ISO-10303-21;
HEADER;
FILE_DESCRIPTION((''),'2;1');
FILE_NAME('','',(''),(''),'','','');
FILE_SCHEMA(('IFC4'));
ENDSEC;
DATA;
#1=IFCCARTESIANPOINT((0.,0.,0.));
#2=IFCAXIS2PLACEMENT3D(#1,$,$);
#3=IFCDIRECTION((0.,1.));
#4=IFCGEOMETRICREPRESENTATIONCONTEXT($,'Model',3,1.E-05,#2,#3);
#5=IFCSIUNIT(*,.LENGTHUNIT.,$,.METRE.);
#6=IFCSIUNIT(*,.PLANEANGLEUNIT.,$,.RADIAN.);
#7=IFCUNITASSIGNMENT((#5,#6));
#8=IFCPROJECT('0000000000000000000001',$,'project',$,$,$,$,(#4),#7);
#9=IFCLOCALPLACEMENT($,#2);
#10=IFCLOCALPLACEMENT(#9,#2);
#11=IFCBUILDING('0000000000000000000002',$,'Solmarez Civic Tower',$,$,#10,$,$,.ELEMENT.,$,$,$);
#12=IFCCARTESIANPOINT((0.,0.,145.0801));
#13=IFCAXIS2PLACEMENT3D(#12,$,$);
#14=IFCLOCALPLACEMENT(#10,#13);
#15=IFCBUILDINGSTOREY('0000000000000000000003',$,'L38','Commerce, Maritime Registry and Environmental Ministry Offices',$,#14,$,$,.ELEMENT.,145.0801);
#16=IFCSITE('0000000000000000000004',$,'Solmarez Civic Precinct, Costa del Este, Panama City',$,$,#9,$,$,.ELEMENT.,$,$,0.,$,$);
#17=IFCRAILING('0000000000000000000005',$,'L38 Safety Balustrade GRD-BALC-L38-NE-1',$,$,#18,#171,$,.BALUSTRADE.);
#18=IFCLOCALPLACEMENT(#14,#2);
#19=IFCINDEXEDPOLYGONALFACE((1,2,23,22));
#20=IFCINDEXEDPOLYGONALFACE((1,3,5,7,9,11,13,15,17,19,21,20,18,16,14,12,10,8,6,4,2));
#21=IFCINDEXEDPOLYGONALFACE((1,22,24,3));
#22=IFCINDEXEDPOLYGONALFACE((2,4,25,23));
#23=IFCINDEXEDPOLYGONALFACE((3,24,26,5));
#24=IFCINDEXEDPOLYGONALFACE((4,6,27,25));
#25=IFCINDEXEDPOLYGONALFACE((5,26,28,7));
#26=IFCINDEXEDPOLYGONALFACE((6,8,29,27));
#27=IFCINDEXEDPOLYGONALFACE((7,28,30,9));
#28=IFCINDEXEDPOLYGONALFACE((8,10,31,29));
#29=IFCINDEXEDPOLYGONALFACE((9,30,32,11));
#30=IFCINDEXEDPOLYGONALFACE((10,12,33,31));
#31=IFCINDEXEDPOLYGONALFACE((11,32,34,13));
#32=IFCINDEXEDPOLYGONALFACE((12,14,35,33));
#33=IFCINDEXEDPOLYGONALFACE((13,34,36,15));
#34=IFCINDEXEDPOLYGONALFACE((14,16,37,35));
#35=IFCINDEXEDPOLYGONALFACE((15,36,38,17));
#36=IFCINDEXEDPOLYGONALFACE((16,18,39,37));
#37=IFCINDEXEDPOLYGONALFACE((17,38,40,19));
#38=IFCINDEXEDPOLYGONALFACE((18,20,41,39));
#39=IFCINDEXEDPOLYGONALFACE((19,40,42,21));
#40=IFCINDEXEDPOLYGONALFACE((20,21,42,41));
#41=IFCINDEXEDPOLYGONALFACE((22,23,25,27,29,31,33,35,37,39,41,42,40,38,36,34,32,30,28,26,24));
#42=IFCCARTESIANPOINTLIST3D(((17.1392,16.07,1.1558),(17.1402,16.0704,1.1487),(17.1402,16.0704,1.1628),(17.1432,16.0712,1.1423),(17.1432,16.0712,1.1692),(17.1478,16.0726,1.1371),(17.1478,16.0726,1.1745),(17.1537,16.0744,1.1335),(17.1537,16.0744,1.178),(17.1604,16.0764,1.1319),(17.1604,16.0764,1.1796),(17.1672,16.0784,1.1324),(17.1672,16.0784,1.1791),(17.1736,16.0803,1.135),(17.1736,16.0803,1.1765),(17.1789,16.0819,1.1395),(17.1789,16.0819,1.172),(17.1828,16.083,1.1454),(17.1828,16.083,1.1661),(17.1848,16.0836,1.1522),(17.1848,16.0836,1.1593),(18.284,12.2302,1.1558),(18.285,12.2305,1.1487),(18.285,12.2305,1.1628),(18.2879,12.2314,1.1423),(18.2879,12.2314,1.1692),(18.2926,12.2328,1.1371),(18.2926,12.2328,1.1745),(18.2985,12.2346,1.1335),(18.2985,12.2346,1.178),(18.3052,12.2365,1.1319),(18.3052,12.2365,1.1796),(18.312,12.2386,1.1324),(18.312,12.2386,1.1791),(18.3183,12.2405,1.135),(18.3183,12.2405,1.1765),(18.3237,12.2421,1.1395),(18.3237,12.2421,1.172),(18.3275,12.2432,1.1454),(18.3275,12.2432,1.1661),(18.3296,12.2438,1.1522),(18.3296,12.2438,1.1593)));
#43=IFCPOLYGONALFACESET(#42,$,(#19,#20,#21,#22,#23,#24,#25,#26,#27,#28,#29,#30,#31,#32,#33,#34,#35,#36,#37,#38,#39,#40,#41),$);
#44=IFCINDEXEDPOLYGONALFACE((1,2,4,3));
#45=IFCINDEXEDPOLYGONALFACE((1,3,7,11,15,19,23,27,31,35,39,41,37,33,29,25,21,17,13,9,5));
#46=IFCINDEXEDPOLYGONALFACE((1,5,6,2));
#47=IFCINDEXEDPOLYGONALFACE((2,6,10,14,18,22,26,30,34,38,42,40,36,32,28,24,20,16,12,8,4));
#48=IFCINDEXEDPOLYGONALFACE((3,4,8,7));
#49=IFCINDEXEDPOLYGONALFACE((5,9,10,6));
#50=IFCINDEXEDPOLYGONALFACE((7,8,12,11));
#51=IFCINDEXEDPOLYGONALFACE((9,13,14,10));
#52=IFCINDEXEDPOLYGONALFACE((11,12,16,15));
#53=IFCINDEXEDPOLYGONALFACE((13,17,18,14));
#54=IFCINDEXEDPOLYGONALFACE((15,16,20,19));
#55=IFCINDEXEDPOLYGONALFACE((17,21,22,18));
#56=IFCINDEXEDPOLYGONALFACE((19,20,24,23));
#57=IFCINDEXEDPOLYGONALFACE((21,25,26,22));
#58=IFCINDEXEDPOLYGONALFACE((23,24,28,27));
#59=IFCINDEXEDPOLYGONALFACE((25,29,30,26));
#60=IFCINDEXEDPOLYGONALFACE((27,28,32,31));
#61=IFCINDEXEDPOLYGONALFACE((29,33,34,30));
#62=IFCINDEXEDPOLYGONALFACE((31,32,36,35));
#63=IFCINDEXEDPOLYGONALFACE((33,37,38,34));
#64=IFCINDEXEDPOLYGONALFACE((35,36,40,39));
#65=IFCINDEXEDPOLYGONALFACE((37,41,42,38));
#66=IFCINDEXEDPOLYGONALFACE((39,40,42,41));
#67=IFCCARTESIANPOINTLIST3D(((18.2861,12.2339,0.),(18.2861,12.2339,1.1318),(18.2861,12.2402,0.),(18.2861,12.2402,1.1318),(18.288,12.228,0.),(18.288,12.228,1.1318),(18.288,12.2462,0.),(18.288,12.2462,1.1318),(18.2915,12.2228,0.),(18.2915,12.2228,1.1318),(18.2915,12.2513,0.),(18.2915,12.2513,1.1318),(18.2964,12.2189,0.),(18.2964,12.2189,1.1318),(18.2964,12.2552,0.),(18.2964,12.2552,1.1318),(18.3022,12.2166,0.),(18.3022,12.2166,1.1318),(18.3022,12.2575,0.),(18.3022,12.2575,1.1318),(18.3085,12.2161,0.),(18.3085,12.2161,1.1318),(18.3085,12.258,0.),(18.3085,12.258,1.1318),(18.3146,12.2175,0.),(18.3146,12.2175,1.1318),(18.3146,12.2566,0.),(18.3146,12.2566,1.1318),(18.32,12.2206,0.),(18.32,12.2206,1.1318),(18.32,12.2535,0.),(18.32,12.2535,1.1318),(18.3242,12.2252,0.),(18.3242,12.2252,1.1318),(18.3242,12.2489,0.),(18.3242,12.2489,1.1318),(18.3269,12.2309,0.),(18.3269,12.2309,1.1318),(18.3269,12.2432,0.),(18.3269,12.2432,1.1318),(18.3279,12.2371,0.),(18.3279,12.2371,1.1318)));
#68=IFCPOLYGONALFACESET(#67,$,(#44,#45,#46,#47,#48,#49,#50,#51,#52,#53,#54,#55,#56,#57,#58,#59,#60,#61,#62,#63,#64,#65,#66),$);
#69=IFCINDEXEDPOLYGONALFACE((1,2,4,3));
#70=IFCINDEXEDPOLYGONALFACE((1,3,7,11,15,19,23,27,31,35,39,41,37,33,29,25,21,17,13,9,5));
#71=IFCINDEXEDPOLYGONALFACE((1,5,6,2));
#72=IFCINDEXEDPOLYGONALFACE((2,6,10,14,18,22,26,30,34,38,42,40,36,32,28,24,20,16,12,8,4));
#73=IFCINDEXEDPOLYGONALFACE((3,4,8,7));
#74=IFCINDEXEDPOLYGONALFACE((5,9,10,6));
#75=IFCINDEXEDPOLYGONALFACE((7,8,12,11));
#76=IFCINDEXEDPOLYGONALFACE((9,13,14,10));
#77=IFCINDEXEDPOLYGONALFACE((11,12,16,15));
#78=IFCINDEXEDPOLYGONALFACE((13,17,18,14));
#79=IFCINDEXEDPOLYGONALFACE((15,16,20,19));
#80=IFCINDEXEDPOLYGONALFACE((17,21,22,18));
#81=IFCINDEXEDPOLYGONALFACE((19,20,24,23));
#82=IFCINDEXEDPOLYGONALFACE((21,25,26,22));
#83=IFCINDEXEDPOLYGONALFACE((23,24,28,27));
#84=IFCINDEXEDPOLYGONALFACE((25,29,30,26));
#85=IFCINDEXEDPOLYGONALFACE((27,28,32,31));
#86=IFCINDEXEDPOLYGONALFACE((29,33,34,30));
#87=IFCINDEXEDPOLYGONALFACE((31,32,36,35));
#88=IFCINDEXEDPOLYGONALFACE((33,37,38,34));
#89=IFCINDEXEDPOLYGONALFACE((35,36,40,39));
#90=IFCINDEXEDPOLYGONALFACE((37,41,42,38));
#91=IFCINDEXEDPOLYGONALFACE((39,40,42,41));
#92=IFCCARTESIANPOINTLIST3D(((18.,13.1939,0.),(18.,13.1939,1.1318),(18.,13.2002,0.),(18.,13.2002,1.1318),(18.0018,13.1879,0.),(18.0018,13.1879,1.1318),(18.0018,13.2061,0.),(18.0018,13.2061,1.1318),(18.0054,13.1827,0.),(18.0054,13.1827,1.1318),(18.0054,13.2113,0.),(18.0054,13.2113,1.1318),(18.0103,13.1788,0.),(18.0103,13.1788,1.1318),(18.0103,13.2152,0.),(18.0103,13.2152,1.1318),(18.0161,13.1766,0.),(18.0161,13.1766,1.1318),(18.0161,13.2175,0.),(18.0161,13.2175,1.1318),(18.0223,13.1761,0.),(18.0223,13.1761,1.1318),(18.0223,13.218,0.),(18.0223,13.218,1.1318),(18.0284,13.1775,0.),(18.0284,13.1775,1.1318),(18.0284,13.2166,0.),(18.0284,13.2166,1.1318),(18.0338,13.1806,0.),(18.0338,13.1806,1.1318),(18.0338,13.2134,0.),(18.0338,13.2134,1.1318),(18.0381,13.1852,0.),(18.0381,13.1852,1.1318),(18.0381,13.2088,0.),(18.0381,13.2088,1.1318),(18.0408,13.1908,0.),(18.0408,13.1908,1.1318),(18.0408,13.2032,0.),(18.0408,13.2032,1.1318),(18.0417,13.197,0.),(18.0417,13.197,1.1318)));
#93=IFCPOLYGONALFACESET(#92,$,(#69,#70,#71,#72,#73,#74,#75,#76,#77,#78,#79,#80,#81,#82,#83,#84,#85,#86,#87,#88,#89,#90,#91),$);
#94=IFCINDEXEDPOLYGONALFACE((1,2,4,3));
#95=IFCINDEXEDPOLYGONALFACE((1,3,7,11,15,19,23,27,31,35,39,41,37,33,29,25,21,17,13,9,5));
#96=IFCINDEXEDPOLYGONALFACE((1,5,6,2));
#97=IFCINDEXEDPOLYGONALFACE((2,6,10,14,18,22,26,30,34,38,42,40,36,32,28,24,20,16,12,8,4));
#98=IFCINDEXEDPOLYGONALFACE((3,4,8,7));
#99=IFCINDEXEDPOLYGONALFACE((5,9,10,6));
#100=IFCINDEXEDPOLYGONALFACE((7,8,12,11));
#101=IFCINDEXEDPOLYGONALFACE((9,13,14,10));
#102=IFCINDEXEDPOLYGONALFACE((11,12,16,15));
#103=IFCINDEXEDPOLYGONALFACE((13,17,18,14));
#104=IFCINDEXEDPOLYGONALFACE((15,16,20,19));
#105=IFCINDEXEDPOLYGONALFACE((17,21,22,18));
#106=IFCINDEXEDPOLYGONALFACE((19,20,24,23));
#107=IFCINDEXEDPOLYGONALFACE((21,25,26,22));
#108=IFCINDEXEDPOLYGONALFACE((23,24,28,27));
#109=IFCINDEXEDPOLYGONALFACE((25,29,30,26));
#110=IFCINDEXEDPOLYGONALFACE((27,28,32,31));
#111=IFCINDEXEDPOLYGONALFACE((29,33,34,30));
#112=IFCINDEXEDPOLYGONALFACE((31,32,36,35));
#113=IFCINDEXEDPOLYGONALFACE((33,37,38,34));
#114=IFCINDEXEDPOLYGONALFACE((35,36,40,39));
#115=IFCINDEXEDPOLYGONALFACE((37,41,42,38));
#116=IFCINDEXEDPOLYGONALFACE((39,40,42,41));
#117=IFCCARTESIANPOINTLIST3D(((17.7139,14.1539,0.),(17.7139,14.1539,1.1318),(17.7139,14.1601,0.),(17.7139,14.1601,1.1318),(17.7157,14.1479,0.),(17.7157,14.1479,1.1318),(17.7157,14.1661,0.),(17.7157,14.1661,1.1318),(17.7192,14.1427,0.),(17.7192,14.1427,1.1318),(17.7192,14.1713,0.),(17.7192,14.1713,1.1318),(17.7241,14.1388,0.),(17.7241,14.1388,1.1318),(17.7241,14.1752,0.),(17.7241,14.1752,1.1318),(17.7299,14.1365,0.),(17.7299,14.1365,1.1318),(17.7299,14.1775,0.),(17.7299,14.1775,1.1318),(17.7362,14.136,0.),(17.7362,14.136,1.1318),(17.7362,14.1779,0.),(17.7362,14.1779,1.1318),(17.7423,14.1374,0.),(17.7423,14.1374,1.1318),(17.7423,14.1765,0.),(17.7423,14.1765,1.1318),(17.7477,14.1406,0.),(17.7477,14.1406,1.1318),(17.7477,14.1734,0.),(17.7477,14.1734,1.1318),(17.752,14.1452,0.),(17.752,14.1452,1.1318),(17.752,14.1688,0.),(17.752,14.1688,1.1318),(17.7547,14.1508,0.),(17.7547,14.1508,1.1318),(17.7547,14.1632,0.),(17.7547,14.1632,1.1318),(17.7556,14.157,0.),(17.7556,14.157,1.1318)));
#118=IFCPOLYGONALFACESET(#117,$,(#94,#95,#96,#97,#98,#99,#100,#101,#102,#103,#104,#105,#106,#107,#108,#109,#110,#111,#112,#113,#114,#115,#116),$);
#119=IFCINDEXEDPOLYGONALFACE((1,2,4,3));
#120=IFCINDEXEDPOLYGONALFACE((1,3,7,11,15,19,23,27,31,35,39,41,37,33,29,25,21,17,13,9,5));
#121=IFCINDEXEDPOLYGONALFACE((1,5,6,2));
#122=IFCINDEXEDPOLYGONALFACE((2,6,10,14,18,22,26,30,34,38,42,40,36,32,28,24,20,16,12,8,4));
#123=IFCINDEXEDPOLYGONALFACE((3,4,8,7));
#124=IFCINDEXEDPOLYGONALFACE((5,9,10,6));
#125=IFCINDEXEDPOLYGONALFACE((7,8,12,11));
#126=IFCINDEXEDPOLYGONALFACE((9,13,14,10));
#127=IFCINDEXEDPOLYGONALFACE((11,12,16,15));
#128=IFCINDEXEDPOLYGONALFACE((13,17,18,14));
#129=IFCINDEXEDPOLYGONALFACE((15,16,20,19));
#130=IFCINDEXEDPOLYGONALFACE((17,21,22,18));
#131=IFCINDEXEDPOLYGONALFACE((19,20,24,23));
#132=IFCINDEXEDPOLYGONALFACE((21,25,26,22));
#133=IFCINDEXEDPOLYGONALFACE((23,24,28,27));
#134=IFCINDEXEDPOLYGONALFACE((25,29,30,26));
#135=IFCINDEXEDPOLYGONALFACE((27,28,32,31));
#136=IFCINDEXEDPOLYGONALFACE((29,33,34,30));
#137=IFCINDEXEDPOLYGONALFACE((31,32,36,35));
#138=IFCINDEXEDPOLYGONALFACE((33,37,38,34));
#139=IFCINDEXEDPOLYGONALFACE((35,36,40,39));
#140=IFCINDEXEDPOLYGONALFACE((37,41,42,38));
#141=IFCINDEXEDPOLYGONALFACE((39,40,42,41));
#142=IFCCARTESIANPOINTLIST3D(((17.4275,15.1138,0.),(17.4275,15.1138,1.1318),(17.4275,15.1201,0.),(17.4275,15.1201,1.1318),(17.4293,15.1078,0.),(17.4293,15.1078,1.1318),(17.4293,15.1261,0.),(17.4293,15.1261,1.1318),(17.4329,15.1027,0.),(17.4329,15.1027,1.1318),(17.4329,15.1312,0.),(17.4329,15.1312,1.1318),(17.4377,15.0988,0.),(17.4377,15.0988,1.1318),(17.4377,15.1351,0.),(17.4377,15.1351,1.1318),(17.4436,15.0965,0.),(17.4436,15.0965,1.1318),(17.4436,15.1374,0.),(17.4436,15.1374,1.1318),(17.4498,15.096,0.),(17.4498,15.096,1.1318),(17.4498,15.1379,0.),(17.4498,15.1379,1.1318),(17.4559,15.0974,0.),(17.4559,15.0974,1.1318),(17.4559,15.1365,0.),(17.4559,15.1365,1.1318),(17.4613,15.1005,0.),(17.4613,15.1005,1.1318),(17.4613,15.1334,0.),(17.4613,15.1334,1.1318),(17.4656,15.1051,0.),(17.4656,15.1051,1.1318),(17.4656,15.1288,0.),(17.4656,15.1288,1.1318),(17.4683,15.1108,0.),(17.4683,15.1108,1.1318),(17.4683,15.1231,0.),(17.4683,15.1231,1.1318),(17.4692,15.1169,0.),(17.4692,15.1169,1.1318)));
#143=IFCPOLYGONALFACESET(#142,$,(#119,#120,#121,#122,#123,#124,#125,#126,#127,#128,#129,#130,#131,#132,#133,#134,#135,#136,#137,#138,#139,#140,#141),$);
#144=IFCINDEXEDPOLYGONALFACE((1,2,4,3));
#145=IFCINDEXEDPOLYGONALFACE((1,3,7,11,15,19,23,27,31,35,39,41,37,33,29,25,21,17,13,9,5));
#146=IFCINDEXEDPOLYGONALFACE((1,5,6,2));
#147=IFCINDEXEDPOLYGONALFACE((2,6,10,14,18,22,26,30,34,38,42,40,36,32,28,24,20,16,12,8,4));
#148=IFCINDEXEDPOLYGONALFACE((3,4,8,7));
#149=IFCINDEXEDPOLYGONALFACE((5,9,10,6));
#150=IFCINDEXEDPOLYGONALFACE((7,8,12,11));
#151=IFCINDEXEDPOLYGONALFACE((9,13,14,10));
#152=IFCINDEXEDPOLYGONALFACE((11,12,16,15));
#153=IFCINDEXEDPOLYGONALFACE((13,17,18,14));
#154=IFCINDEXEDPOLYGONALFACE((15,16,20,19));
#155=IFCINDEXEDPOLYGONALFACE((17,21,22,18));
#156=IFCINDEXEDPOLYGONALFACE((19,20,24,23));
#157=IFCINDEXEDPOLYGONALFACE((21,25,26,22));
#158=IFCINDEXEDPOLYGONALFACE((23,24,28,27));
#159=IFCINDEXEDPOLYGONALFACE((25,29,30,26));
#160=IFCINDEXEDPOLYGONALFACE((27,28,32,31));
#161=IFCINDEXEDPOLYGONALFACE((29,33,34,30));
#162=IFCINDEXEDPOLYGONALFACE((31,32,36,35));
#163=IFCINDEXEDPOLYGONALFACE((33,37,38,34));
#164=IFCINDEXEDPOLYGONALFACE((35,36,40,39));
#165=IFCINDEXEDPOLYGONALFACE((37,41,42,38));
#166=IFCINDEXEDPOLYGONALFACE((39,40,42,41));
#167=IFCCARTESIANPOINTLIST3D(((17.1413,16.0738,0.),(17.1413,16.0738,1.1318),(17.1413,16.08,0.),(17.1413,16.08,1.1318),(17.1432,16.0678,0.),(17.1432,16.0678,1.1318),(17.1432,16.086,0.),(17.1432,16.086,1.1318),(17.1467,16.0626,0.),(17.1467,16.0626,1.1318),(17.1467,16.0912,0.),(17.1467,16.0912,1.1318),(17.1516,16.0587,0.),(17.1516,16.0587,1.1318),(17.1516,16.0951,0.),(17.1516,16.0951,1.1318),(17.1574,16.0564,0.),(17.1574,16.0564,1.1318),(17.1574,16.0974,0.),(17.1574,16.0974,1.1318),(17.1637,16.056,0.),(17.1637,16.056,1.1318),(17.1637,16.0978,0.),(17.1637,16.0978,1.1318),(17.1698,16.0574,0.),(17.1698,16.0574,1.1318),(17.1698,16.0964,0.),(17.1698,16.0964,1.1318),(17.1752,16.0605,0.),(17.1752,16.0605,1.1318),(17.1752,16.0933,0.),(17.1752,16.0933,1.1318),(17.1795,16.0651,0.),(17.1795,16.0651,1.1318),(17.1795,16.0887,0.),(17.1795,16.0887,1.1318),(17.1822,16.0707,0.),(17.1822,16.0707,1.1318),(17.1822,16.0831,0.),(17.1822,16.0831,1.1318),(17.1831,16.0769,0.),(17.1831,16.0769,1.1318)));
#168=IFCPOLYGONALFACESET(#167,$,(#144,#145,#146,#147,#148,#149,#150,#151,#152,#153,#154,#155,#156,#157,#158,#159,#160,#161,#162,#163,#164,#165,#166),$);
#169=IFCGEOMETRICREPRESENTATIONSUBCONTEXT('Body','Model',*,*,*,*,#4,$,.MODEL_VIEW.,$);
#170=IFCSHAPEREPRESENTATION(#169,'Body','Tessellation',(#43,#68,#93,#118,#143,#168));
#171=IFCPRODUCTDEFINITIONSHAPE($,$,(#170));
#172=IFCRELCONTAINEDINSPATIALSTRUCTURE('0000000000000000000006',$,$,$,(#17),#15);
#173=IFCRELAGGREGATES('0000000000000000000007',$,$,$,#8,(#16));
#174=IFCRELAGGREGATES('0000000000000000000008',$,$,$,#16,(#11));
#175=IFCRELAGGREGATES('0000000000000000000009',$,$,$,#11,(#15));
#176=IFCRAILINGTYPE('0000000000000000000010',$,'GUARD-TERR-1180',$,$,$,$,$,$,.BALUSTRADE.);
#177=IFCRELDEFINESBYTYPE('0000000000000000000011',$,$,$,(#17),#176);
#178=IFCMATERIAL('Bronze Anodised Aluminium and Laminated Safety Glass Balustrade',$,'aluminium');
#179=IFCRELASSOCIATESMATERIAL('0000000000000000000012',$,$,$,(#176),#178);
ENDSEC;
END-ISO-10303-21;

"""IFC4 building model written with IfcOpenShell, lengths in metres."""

from ifc_helpers import new_model, si_unit, direction, frame, origin, origin_2d, place, context, subcontext, project, spatial, circle, extrude, material, type_object, element, save


model = new_model("IFC4")

# Units and contexts
model_context = context("Model", 3, precision=1e-05, world=origin(), true_north=direction((0.0, 1.0)))
body_context = subcontext(model_context, "Body", "Model", "MODEL_VIEW")
ifc_project = project(units=[si_unit("LENGTHUNIT", "METRE"), si_unit("PLANEANGLEUNIT", "RADIAN")], contexts=[model_context])

# Site, building, storey
site_placement = place(None, origin())
site = spatial("IfcSite", under=ifc_project, at=site_placement, Name="Solmarez Civic Precinct, Costa del Este, Panama City", CompositionType="ELEMENT", RefElevation=0.0)
building_placement = place(site_placement, origin())
building = spatial("IfcBuilding", under=site, at=building_placement, Name="Solmarez Civic Tower", CompositionType="ELEMENT")
storey_placement = place(building_placement, frame((0.0, 0.0, 145.0801)))
storey = spatial("IfcBuildingStorey", under=building, at=storey_placement, Name="L38", Description="Commerce, Maritime Registry and Environmental Ministry Offices", CompositionType="ELEMENT", Elevation=145.0801)

# Railing
ifc_material_1 = material(Name="Bronze Anodised Aluminium and Laminated Safety Glass Balustrade", Category="aluminium")
railing_type = type_object("IfcRailingType", Name="GUARD-TERR-1180", PredefinedType="BALUSTRADE", material=ifc_material_1)
railing_placement = place(storey_placement, frame((18.3069, 12.2371, 0.0)))
element("IfcRailing", 1, at=railing_placement, inside=storey, type_object=railing_type, Name="L38 Safety Balustrade GRD-BALC-L38-NE-1", PredefinedType="BALUSTRADE", context=body_context, shape_type="SweptSolid", body=[
    extrude(circle(Radius=0.0239, at=origin_2d()), frame((0.0, 0.0, 1.1558), z_axis=(-0.285704, 0.958318, 0.0), x_axis=(-0.958318, -0.285704, 0.0)), (0.0, 0.0, 1.0), 4.0068),
    extrude(circle(Radius=0.021, at=origin_2d()), origin(), (0.0, 0.0, 1.0), 1.1318),
    extrude(circle(Radius=0.021, at=origin_2d()), frame((-0.2861, 0.96, 0.0)), (0.0, 0.0, 1.0), 1.1318),
    extrude(circle(Radius=0.021, at=origin_2d()), frame((-0.5723, 1.9199, 0.0)), (0.0, 0.0, 1.0), 1.1318),
    extrude(circle(Radius=0.021, at=origin_2d()), frame((-0.8586, 2.8799, 0.0)), (0.0, 0.0, 1.0), 1.1318),
    extrude(circle(Radius=0.021, at=origin_2d()), frame((-1.1448, 3.8398, 0.0)), (0.0, 0.0, 1.0), 1.1318),
])

save(model, "model.ifc")
